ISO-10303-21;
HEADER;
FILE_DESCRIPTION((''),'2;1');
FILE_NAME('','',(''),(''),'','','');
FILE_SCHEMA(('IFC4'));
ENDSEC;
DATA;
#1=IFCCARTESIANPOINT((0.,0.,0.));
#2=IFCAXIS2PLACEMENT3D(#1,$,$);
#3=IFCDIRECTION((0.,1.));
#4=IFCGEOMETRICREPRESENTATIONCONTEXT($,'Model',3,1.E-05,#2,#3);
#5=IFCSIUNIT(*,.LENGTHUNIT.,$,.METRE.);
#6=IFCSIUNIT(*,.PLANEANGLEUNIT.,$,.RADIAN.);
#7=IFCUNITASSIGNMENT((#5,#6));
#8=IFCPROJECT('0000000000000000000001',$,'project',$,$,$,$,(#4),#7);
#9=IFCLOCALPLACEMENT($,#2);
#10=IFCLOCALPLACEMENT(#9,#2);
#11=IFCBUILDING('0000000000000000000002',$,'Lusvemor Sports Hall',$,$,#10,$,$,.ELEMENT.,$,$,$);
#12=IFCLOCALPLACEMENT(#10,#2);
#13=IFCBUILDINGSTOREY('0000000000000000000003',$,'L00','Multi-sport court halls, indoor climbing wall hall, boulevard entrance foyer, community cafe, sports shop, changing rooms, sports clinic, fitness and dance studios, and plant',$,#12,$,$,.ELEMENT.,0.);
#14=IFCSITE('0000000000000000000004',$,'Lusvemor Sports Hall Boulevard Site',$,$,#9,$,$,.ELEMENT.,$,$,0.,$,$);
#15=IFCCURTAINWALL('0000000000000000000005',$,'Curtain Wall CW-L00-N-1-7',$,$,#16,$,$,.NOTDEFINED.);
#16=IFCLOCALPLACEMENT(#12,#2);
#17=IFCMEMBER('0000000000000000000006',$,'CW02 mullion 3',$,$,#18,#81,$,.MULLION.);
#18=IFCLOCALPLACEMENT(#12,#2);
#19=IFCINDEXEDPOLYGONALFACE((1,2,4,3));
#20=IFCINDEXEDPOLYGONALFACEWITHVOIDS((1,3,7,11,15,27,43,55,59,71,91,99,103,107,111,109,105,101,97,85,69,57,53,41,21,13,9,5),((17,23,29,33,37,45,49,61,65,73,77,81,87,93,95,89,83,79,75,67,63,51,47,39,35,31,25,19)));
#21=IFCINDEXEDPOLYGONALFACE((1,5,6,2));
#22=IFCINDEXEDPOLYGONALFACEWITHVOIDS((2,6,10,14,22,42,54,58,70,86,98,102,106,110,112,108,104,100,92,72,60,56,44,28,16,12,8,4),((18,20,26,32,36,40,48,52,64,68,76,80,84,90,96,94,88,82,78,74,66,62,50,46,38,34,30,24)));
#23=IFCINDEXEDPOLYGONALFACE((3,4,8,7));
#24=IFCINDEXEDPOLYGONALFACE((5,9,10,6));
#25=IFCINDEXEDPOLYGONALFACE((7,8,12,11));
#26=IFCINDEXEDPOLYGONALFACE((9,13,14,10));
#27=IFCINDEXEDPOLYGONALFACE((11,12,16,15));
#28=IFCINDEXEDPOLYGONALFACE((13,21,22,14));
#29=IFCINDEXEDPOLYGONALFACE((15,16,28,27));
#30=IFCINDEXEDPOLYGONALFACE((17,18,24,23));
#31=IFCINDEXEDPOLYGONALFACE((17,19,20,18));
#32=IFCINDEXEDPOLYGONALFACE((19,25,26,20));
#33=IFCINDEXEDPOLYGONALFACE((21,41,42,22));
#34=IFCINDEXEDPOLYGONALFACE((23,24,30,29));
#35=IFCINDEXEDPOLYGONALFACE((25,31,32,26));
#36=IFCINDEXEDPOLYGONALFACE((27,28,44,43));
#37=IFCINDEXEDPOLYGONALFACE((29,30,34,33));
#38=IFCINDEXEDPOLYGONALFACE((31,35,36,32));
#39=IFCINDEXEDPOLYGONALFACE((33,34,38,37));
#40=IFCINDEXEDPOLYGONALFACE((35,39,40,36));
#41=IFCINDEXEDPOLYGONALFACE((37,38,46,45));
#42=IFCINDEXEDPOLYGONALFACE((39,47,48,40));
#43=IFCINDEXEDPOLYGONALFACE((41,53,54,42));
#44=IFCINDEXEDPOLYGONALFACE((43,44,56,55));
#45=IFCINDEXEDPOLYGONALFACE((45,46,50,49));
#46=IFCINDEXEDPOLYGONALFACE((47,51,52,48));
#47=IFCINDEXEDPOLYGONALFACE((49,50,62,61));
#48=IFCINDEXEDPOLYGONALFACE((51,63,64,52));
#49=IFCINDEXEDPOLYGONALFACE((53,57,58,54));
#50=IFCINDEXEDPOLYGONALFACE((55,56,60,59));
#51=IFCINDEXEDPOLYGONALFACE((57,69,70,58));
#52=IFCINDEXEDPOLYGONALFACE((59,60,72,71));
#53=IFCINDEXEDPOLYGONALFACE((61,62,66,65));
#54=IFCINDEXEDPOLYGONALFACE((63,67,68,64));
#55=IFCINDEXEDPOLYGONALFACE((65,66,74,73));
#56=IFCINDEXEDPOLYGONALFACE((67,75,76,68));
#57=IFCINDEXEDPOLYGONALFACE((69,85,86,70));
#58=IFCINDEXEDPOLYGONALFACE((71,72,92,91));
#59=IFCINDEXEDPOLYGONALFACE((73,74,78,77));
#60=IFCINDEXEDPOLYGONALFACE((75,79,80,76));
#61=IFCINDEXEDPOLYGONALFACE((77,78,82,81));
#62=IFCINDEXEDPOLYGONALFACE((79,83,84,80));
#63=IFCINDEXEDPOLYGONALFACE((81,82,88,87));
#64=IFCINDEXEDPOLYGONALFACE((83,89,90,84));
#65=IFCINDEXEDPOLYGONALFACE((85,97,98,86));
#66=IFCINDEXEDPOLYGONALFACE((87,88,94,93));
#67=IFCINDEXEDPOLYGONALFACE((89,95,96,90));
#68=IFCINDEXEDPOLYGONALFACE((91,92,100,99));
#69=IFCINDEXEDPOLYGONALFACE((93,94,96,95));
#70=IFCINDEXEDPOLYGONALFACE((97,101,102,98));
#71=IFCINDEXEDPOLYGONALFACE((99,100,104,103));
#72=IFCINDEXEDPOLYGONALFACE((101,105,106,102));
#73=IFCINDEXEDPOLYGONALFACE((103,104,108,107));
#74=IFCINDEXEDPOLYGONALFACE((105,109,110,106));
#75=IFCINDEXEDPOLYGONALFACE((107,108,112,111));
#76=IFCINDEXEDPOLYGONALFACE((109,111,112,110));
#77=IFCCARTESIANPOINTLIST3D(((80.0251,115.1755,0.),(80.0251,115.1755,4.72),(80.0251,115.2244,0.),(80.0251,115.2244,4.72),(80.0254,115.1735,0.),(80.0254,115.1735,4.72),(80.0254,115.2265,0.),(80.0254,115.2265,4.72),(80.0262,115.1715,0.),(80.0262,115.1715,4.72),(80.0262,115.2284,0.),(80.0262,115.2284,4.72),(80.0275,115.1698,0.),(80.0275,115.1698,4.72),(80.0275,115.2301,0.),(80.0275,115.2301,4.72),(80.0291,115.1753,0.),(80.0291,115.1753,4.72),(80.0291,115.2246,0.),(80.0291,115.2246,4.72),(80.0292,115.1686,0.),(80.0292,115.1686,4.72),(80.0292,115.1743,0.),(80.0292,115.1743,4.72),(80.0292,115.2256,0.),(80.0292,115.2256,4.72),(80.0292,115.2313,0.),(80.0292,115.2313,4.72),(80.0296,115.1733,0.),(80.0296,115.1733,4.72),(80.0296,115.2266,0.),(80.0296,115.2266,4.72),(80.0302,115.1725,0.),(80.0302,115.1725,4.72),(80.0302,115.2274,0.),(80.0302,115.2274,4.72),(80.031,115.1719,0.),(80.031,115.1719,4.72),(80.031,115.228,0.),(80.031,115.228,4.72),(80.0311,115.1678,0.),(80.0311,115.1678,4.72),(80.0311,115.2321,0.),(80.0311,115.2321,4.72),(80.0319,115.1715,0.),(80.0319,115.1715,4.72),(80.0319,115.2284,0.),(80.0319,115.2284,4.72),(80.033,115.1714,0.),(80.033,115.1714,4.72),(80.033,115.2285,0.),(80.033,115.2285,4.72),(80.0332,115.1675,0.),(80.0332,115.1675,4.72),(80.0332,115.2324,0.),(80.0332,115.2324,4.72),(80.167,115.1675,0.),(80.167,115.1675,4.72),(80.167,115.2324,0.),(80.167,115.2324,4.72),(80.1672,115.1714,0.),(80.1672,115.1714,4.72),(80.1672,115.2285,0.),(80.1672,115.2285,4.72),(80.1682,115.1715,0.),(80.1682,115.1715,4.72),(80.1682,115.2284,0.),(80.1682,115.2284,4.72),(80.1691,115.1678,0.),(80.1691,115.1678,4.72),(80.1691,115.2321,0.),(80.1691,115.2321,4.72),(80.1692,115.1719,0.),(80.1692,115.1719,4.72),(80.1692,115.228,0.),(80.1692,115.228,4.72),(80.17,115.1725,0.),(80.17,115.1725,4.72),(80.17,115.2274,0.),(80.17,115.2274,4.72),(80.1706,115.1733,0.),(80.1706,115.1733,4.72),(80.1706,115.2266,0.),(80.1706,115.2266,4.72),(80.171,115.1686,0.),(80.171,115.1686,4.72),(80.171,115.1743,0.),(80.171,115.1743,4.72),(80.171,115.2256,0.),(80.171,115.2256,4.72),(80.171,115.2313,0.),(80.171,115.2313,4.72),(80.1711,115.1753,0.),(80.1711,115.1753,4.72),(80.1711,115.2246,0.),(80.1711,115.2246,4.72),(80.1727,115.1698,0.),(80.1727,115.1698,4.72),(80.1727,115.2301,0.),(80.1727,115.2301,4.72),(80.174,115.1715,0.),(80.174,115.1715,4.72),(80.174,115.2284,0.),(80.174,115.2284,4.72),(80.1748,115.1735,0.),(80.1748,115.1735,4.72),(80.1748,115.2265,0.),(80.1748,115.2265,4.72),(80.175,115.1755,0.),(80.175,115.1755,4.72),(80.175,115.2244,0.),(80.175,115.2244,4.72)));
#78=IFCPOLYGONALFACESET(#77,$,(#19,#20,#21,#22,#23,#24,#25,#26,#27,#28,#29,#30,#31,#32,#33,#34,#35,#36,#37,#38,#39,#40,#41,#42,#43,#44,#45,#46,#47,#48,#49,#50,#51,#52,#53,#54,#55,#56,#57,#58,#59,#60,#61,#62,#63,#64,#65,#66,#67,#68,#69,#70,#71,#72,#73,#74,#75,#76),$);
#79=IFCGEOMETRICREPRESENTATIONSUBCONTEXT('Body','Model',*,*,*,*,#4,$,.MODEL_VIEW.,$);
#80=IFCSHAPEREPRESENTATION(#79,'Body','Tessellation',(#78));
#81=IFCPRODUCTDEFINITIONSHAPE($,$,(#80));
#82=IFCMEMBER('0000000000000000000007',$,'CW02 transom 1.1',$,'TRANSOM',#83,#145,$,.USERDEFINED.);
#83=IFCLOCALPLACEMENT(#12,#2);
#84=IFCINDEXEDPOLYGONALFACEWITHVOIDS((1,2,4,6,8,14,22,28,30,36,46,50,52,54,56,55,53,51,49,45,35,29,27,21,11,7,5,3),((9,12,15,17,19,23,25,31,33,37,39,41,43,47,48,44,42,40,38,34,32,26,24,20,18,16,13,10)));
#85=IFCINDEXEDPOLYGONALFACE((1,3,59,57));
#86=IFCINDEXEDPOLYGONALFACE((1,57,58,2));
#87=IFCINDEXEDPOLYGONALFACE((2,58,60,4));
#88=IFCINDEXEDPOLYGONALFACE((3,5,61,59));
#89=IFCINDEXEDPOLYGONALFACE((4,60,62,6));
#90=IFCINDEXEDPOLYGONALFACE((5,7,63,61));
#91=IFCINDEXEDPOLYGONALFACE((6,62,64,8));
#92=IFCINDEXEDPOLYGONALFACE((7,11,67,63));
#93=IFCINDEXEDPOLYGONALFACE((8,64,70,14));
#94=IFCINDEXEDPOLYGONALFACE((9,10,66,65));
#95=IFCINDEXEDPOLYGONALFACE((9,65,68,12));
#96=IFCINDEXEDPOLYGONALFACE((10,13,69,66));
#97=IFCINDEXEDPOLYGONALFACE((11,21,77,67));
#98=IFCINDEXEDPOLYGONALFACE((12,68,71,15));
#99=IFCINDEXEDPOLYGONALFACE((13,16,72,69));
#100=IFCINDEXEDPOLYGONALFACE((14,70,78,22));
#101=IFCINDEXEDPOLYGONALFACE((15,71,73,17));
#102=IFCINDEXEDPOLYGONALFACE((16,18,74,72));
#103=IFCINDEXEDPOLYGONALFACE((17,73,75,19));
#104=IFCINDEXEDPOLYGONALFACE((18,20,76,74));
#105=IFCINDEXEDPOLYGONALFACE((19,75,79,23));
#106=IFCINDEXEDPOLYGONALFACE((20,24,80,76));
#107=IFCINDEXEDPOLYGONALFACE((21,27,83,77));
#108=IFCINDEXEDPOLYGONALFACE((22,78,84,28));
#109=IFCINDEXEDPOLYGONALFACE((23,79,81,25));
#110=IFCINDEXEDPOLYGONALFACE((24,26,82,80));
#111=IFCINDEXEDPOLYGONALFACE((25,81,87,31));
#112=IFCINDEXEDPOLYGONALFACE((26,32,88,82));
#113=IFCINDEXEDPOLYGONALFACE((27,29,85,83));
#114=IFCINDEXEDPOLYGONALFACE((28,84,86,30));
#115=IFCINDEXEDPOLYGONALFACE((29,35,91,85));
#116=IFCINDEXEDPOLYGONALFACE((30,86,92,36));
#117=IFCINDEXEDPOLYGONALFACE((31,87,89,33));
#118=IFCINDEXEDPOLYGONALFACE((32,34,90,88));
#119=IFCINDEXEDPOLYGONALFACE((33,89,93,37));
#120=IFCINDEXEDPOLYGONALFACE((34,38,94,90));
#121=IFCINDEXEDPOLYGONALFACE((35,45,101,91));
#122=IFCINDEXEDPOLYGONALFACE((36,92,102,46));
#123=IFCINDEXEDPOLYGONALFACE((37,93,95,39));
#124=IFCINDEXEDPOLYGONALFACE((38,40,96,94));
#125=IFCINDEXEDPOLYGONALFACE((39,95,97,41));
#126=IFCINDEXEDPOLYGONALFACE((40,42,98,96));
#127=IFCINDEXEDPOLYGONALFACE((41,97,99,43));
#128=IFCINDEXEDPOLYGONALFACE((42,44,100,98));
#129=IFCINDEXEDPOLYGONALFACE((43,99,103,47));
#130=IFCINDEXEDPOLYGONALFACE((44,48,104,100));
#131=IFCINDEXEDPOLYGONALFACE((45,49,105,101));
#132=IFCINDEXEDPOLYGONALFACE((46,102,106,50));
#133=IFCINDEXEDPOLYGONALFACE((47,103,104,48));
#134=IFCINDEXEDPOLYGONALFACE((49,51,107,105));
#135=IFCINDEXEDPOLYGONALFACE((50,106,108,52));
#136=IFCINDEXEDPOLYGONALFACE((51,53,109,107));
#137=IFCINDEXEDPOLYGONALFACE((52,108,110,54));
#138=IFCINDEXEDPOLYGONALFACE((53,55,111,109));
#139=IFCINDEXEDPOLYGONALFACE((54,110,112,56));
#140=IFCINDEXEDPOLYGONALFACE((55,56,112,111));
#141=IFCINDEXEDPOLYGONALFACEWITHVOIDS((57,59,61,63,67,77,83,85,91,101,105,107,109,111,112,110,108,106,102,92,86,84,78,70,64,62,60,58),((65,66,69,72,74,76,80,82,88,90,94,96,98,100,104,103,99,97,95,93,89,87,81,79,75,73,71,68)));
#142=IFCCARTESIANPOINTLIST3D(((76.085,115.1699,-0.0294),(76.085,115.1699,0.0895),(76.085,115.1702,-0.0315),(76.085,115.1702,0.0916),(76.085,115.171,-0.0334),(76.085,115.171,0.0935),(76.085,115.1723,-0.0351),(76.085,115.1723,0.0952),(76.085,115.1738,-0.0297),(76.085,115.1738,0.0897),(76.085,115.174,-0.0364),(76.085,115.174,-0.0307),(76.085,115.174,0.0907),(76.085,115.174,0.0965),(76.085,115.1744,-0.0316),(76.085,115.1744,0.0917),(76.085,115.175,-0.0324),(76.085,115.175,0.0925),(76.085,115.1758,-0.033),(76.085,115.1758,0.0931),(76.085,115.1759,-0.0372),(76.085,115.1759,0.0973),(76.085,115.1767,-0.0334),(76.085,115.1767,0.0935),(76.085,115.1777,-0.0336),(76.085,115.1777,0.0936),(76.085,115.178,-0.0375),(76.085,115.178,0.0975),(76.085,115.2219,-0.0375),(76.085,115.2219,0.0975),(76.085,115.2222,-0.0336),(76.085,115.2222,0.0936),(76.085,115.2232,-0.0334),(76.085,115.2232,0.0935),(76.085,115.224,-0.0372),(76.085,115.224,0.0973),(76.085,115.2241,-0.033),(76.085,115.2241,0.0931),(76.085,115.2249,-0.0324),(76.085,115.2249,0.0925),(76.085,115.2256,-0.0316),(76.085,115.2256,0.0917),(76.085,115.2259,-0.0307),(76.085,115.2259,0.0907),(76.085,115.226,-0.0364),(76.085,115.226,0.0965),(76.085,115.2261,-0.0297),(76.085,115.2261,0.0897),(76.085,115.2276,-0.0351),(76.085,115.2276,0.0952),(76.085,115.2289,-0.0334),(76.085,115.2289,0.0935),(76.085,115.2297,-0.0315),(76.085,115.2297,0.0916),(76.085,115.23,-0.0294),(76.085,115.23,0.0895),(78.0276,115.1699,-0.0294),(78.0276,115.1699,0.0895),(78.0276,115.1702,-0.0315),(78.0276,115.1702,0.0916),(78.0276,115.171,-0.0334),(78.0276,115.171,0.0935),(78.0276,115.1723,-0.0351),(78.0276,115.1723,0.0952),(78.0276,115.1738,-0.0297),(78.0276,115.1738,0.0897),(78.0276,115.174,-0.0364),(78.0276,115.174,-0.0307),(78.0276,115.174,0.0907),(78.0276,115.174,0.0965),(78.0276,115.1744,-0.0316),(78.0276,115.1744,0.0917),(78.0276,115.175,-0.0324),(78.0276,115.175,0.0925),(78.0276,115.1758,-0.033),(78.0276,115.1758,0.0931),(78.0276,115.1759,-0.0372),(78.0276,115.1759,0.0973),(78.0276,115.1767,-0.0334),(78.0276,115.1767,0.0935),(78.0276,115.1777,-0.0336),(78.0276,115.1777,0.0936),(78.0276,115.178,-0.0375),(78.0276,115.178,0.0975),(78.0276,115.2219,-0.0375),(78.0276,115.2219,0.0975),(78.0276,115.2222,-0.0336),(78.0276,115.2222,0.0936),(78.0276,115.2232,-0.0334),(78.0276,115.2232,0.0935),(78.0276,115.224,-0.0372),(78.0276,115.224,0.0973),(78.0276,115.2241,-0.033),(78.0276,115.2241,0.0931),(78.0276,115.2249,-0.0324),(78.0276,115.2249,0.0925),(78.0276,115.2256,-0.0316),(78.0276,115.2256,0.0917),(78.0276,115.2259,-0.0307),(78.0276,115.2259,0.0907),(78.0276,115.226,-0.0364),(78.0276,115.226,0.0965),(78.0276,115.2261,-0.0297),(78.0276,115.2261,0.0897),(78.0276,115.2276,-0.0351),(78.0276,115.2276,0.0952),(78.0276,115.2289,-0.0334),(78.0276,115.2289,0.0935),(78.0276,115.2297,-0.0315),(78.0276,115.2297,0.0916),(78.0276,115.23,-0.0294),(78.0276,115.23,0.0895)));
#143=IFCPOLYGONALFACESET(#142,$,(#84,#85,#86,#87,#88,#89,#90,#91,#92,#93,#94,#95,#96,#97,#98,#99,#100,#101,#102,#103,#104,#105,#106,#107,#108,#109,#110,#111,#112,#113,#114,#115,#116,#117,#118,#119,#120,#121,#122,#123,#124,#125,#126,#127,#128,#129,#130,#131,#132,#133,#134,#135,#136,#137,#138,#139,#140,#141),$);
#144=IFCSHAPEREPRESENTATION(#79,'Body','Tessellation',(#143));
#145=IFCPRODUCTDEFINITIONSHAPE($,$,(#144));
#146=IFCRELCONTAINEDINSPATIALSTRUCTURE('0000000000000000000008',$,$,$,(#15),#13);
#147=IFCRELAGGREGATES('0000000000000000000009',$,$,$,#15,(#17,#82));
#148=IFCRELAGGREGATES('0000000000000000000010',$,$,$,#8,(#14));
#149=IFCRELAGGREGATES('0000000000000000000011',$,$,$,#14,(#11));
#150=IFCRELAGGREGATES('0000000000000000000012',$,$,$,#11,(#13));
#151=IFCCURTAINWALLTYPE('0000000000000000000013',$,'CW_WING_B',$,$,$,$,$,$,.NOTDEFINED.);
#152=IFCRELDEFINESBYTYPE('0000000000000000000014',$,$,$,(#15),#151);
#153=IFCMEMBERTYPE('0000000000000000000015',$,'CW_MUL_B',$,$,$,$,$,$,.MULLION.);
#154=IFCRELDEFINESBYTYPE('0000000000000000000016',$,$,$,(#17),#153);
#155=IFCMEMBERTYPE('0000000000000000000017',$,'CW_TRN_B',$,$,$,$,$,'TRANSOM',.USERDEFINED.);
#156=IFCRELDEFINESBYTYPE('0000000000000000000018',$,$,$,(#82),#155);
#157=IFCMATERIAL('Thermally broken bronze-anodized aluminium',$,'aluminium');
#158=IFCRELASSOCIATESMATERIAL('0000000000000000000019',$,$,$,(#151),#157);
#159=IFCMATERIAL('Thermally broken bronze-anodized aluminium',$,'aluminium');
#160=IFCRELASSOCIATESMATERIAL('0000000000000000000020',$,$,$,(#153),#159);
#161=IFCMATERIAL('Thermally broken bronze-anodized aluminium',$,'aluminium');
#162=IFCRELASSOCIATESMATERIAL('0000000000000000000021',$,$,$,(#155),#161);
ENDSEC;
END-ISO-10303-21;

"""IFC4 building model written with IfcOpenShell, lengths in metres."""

from ifc_helpers import new_model, si_unit, direction, frame, origin, origin_2d, place, context, subcontext, project, spatial, hollow_rectangle, extrude, material, material_profile, profile_set, type_object, element, aggregate, save


model = new_model("IFC4")

# Units and contexts
model_context = context("Model", 3, precision=1e-05, world=origin(), true_north=direction((0.0, 1.0)))
body_context = subcontext(model_context, "Body", "Model", "MODEL_VIEW")
ifc_project = project(units=[si_unit("LENGTHUNIT", "METRE"), si_unit("PLANEANGLEUNIT", "RADIAN")], contexts=[model_context])

# Site, building, storey
site_placement = place(None, origin())
site = spatial("IfcSite", under=ifc_project, at=site_placement, Name="Lusvemor Sports Hall Boulevard Site", CompositionType="ELEMENT", RefElevation=0.0)
building_placement = place(site_placement, origin())
building = spatial("IfcBuilding", under=site, at=building_placement, Name="Lusvemor Sports Hall", CompositionType="ELEMENT")
storey_placement = place(building_placement, origin())
storey = spatial("IfcBuildingStorey", under=building, at=storey_placement, Name="L00", Description="Multi-sport court halls, indoor climbing wall hall, boulevard entrance foyer, community cafe, sports shop, changing rooms, sports clinic, fitness and dance studios, and plant", CompositionType="ELEMENT", Elevation=0.0)

# Curtain wall, members
ifc_material_1 = material(Name="Thermally broken bronze-anodized aluminium", Category="aluminium")
curtain_wall_type = type_object("IfcCurtainWallType", Name="CW_WING_B", PredefinedType="NOTDEFINED", material=ifc_material_1)
curtain_wall_placement = place(storey_placement, origin())
curtain_wall = element("IfcCurtainWall", 1, at=curtain_wall_placement, inside=storey, type_object=curtain_wall_type, Name="Curtain Wall CW-L00-N-1-7", PredefinedType="NOTDEFINED")
ifc_material_2 = material(Name="Thermally broken bronze-anodized aluminium", Category="aluminium")
ifc_material_profile_1 = material_profile(ifc_material_2, hollow_rectangle(XDim=0.0649, YDim=0.1499, WallThickness=0.0039, InnerFilletRadius=0.0039, OuterFilletRadius=0.0081, at=origin_2d()), Name="CWMUL150x65x4")
ifc_profile_set_1 = profile_set([ifc_material_profile_1], Name="Thermally broken bronze-anodized aluminium")
member_type_1 = type_object("IfcMemberType", Name="CW_MUL_B", PredefinedType="MULLION", material=ifc_profile_set_1)
member_1_placement = place(storey_placement, frame((80.1001, 115.2, 0.0), z_axis=(0.0, 0.0, 1.0), x_axis=(0.0, 1.0, 0.0)))
member_1 = element("IfcMember", 2, at=member_1_placement, type_object=member_type_1, Name="CW02 mullion 3", PredefinedType="MULLION", context=body_context, shape_type="SweptSolid", body=[
    extrude(hollow_rectangle(XDim=0.0649, YDim=0.1499, WallThickness=0.0039, InnerFilletRadius=0.0039, OuterFilletRadius=0.0081, at=origin_2d()), origin(), (0.0, 0.0, 1.0), 4.72),
])
ifc_material_3 = material(Name="Thermally broken bronze-anodized aluminium", Category="aluminium")
ifc_material_profile_2 = material_profile(ifc_material_3, hollow_rectangle(XDim=0.0601, YDim=0.135, WallThickness=0.0039, InnerFilletRadius=0.0039, OuterFilletRadius=0.0081, at=origin_2d()), Name="CWTRN135x60x4")
ifc_profile_set_2 = profile_set([ifc_material_profile_2], Name="Thermally broken bronze-anodized aluminium")
member_type_2 = type_object("IfcMemberType", Name="CW_TRN_B", ElementType="TRANSOM", PredefinedType="USERDEFINED", material=ifc_profile_set_2)
member_2_placement = place(storey_placement, frame((76.085, 115.2, 0.03), z_axis=(1.0, 0.0, 0.0), x_axis=(0.0, 1.0, 0.0)))
member_2 = element("IfcMember", 3, at=member_2_placement, type_object=member_type_2, Name="CW02 transom 1.1", ObjectType="TRANSOM", PredefinedType="USERDEFINED", context=body_context, shape_type="SweptSolid", body=[
    extrude(hollow_rectangle(XDim=0.0601, YDim=0.135, WallThickness=0.0039, InnerFilletRadius=0.0039, OuterFilletRadius=0.0081, at=origin_2d()), origin(), (0.0, 0.0, 1.0), 1.9426),
])
aggregate(curtain_wall, [member_1, member_2])

save(model, "model.ifc")
